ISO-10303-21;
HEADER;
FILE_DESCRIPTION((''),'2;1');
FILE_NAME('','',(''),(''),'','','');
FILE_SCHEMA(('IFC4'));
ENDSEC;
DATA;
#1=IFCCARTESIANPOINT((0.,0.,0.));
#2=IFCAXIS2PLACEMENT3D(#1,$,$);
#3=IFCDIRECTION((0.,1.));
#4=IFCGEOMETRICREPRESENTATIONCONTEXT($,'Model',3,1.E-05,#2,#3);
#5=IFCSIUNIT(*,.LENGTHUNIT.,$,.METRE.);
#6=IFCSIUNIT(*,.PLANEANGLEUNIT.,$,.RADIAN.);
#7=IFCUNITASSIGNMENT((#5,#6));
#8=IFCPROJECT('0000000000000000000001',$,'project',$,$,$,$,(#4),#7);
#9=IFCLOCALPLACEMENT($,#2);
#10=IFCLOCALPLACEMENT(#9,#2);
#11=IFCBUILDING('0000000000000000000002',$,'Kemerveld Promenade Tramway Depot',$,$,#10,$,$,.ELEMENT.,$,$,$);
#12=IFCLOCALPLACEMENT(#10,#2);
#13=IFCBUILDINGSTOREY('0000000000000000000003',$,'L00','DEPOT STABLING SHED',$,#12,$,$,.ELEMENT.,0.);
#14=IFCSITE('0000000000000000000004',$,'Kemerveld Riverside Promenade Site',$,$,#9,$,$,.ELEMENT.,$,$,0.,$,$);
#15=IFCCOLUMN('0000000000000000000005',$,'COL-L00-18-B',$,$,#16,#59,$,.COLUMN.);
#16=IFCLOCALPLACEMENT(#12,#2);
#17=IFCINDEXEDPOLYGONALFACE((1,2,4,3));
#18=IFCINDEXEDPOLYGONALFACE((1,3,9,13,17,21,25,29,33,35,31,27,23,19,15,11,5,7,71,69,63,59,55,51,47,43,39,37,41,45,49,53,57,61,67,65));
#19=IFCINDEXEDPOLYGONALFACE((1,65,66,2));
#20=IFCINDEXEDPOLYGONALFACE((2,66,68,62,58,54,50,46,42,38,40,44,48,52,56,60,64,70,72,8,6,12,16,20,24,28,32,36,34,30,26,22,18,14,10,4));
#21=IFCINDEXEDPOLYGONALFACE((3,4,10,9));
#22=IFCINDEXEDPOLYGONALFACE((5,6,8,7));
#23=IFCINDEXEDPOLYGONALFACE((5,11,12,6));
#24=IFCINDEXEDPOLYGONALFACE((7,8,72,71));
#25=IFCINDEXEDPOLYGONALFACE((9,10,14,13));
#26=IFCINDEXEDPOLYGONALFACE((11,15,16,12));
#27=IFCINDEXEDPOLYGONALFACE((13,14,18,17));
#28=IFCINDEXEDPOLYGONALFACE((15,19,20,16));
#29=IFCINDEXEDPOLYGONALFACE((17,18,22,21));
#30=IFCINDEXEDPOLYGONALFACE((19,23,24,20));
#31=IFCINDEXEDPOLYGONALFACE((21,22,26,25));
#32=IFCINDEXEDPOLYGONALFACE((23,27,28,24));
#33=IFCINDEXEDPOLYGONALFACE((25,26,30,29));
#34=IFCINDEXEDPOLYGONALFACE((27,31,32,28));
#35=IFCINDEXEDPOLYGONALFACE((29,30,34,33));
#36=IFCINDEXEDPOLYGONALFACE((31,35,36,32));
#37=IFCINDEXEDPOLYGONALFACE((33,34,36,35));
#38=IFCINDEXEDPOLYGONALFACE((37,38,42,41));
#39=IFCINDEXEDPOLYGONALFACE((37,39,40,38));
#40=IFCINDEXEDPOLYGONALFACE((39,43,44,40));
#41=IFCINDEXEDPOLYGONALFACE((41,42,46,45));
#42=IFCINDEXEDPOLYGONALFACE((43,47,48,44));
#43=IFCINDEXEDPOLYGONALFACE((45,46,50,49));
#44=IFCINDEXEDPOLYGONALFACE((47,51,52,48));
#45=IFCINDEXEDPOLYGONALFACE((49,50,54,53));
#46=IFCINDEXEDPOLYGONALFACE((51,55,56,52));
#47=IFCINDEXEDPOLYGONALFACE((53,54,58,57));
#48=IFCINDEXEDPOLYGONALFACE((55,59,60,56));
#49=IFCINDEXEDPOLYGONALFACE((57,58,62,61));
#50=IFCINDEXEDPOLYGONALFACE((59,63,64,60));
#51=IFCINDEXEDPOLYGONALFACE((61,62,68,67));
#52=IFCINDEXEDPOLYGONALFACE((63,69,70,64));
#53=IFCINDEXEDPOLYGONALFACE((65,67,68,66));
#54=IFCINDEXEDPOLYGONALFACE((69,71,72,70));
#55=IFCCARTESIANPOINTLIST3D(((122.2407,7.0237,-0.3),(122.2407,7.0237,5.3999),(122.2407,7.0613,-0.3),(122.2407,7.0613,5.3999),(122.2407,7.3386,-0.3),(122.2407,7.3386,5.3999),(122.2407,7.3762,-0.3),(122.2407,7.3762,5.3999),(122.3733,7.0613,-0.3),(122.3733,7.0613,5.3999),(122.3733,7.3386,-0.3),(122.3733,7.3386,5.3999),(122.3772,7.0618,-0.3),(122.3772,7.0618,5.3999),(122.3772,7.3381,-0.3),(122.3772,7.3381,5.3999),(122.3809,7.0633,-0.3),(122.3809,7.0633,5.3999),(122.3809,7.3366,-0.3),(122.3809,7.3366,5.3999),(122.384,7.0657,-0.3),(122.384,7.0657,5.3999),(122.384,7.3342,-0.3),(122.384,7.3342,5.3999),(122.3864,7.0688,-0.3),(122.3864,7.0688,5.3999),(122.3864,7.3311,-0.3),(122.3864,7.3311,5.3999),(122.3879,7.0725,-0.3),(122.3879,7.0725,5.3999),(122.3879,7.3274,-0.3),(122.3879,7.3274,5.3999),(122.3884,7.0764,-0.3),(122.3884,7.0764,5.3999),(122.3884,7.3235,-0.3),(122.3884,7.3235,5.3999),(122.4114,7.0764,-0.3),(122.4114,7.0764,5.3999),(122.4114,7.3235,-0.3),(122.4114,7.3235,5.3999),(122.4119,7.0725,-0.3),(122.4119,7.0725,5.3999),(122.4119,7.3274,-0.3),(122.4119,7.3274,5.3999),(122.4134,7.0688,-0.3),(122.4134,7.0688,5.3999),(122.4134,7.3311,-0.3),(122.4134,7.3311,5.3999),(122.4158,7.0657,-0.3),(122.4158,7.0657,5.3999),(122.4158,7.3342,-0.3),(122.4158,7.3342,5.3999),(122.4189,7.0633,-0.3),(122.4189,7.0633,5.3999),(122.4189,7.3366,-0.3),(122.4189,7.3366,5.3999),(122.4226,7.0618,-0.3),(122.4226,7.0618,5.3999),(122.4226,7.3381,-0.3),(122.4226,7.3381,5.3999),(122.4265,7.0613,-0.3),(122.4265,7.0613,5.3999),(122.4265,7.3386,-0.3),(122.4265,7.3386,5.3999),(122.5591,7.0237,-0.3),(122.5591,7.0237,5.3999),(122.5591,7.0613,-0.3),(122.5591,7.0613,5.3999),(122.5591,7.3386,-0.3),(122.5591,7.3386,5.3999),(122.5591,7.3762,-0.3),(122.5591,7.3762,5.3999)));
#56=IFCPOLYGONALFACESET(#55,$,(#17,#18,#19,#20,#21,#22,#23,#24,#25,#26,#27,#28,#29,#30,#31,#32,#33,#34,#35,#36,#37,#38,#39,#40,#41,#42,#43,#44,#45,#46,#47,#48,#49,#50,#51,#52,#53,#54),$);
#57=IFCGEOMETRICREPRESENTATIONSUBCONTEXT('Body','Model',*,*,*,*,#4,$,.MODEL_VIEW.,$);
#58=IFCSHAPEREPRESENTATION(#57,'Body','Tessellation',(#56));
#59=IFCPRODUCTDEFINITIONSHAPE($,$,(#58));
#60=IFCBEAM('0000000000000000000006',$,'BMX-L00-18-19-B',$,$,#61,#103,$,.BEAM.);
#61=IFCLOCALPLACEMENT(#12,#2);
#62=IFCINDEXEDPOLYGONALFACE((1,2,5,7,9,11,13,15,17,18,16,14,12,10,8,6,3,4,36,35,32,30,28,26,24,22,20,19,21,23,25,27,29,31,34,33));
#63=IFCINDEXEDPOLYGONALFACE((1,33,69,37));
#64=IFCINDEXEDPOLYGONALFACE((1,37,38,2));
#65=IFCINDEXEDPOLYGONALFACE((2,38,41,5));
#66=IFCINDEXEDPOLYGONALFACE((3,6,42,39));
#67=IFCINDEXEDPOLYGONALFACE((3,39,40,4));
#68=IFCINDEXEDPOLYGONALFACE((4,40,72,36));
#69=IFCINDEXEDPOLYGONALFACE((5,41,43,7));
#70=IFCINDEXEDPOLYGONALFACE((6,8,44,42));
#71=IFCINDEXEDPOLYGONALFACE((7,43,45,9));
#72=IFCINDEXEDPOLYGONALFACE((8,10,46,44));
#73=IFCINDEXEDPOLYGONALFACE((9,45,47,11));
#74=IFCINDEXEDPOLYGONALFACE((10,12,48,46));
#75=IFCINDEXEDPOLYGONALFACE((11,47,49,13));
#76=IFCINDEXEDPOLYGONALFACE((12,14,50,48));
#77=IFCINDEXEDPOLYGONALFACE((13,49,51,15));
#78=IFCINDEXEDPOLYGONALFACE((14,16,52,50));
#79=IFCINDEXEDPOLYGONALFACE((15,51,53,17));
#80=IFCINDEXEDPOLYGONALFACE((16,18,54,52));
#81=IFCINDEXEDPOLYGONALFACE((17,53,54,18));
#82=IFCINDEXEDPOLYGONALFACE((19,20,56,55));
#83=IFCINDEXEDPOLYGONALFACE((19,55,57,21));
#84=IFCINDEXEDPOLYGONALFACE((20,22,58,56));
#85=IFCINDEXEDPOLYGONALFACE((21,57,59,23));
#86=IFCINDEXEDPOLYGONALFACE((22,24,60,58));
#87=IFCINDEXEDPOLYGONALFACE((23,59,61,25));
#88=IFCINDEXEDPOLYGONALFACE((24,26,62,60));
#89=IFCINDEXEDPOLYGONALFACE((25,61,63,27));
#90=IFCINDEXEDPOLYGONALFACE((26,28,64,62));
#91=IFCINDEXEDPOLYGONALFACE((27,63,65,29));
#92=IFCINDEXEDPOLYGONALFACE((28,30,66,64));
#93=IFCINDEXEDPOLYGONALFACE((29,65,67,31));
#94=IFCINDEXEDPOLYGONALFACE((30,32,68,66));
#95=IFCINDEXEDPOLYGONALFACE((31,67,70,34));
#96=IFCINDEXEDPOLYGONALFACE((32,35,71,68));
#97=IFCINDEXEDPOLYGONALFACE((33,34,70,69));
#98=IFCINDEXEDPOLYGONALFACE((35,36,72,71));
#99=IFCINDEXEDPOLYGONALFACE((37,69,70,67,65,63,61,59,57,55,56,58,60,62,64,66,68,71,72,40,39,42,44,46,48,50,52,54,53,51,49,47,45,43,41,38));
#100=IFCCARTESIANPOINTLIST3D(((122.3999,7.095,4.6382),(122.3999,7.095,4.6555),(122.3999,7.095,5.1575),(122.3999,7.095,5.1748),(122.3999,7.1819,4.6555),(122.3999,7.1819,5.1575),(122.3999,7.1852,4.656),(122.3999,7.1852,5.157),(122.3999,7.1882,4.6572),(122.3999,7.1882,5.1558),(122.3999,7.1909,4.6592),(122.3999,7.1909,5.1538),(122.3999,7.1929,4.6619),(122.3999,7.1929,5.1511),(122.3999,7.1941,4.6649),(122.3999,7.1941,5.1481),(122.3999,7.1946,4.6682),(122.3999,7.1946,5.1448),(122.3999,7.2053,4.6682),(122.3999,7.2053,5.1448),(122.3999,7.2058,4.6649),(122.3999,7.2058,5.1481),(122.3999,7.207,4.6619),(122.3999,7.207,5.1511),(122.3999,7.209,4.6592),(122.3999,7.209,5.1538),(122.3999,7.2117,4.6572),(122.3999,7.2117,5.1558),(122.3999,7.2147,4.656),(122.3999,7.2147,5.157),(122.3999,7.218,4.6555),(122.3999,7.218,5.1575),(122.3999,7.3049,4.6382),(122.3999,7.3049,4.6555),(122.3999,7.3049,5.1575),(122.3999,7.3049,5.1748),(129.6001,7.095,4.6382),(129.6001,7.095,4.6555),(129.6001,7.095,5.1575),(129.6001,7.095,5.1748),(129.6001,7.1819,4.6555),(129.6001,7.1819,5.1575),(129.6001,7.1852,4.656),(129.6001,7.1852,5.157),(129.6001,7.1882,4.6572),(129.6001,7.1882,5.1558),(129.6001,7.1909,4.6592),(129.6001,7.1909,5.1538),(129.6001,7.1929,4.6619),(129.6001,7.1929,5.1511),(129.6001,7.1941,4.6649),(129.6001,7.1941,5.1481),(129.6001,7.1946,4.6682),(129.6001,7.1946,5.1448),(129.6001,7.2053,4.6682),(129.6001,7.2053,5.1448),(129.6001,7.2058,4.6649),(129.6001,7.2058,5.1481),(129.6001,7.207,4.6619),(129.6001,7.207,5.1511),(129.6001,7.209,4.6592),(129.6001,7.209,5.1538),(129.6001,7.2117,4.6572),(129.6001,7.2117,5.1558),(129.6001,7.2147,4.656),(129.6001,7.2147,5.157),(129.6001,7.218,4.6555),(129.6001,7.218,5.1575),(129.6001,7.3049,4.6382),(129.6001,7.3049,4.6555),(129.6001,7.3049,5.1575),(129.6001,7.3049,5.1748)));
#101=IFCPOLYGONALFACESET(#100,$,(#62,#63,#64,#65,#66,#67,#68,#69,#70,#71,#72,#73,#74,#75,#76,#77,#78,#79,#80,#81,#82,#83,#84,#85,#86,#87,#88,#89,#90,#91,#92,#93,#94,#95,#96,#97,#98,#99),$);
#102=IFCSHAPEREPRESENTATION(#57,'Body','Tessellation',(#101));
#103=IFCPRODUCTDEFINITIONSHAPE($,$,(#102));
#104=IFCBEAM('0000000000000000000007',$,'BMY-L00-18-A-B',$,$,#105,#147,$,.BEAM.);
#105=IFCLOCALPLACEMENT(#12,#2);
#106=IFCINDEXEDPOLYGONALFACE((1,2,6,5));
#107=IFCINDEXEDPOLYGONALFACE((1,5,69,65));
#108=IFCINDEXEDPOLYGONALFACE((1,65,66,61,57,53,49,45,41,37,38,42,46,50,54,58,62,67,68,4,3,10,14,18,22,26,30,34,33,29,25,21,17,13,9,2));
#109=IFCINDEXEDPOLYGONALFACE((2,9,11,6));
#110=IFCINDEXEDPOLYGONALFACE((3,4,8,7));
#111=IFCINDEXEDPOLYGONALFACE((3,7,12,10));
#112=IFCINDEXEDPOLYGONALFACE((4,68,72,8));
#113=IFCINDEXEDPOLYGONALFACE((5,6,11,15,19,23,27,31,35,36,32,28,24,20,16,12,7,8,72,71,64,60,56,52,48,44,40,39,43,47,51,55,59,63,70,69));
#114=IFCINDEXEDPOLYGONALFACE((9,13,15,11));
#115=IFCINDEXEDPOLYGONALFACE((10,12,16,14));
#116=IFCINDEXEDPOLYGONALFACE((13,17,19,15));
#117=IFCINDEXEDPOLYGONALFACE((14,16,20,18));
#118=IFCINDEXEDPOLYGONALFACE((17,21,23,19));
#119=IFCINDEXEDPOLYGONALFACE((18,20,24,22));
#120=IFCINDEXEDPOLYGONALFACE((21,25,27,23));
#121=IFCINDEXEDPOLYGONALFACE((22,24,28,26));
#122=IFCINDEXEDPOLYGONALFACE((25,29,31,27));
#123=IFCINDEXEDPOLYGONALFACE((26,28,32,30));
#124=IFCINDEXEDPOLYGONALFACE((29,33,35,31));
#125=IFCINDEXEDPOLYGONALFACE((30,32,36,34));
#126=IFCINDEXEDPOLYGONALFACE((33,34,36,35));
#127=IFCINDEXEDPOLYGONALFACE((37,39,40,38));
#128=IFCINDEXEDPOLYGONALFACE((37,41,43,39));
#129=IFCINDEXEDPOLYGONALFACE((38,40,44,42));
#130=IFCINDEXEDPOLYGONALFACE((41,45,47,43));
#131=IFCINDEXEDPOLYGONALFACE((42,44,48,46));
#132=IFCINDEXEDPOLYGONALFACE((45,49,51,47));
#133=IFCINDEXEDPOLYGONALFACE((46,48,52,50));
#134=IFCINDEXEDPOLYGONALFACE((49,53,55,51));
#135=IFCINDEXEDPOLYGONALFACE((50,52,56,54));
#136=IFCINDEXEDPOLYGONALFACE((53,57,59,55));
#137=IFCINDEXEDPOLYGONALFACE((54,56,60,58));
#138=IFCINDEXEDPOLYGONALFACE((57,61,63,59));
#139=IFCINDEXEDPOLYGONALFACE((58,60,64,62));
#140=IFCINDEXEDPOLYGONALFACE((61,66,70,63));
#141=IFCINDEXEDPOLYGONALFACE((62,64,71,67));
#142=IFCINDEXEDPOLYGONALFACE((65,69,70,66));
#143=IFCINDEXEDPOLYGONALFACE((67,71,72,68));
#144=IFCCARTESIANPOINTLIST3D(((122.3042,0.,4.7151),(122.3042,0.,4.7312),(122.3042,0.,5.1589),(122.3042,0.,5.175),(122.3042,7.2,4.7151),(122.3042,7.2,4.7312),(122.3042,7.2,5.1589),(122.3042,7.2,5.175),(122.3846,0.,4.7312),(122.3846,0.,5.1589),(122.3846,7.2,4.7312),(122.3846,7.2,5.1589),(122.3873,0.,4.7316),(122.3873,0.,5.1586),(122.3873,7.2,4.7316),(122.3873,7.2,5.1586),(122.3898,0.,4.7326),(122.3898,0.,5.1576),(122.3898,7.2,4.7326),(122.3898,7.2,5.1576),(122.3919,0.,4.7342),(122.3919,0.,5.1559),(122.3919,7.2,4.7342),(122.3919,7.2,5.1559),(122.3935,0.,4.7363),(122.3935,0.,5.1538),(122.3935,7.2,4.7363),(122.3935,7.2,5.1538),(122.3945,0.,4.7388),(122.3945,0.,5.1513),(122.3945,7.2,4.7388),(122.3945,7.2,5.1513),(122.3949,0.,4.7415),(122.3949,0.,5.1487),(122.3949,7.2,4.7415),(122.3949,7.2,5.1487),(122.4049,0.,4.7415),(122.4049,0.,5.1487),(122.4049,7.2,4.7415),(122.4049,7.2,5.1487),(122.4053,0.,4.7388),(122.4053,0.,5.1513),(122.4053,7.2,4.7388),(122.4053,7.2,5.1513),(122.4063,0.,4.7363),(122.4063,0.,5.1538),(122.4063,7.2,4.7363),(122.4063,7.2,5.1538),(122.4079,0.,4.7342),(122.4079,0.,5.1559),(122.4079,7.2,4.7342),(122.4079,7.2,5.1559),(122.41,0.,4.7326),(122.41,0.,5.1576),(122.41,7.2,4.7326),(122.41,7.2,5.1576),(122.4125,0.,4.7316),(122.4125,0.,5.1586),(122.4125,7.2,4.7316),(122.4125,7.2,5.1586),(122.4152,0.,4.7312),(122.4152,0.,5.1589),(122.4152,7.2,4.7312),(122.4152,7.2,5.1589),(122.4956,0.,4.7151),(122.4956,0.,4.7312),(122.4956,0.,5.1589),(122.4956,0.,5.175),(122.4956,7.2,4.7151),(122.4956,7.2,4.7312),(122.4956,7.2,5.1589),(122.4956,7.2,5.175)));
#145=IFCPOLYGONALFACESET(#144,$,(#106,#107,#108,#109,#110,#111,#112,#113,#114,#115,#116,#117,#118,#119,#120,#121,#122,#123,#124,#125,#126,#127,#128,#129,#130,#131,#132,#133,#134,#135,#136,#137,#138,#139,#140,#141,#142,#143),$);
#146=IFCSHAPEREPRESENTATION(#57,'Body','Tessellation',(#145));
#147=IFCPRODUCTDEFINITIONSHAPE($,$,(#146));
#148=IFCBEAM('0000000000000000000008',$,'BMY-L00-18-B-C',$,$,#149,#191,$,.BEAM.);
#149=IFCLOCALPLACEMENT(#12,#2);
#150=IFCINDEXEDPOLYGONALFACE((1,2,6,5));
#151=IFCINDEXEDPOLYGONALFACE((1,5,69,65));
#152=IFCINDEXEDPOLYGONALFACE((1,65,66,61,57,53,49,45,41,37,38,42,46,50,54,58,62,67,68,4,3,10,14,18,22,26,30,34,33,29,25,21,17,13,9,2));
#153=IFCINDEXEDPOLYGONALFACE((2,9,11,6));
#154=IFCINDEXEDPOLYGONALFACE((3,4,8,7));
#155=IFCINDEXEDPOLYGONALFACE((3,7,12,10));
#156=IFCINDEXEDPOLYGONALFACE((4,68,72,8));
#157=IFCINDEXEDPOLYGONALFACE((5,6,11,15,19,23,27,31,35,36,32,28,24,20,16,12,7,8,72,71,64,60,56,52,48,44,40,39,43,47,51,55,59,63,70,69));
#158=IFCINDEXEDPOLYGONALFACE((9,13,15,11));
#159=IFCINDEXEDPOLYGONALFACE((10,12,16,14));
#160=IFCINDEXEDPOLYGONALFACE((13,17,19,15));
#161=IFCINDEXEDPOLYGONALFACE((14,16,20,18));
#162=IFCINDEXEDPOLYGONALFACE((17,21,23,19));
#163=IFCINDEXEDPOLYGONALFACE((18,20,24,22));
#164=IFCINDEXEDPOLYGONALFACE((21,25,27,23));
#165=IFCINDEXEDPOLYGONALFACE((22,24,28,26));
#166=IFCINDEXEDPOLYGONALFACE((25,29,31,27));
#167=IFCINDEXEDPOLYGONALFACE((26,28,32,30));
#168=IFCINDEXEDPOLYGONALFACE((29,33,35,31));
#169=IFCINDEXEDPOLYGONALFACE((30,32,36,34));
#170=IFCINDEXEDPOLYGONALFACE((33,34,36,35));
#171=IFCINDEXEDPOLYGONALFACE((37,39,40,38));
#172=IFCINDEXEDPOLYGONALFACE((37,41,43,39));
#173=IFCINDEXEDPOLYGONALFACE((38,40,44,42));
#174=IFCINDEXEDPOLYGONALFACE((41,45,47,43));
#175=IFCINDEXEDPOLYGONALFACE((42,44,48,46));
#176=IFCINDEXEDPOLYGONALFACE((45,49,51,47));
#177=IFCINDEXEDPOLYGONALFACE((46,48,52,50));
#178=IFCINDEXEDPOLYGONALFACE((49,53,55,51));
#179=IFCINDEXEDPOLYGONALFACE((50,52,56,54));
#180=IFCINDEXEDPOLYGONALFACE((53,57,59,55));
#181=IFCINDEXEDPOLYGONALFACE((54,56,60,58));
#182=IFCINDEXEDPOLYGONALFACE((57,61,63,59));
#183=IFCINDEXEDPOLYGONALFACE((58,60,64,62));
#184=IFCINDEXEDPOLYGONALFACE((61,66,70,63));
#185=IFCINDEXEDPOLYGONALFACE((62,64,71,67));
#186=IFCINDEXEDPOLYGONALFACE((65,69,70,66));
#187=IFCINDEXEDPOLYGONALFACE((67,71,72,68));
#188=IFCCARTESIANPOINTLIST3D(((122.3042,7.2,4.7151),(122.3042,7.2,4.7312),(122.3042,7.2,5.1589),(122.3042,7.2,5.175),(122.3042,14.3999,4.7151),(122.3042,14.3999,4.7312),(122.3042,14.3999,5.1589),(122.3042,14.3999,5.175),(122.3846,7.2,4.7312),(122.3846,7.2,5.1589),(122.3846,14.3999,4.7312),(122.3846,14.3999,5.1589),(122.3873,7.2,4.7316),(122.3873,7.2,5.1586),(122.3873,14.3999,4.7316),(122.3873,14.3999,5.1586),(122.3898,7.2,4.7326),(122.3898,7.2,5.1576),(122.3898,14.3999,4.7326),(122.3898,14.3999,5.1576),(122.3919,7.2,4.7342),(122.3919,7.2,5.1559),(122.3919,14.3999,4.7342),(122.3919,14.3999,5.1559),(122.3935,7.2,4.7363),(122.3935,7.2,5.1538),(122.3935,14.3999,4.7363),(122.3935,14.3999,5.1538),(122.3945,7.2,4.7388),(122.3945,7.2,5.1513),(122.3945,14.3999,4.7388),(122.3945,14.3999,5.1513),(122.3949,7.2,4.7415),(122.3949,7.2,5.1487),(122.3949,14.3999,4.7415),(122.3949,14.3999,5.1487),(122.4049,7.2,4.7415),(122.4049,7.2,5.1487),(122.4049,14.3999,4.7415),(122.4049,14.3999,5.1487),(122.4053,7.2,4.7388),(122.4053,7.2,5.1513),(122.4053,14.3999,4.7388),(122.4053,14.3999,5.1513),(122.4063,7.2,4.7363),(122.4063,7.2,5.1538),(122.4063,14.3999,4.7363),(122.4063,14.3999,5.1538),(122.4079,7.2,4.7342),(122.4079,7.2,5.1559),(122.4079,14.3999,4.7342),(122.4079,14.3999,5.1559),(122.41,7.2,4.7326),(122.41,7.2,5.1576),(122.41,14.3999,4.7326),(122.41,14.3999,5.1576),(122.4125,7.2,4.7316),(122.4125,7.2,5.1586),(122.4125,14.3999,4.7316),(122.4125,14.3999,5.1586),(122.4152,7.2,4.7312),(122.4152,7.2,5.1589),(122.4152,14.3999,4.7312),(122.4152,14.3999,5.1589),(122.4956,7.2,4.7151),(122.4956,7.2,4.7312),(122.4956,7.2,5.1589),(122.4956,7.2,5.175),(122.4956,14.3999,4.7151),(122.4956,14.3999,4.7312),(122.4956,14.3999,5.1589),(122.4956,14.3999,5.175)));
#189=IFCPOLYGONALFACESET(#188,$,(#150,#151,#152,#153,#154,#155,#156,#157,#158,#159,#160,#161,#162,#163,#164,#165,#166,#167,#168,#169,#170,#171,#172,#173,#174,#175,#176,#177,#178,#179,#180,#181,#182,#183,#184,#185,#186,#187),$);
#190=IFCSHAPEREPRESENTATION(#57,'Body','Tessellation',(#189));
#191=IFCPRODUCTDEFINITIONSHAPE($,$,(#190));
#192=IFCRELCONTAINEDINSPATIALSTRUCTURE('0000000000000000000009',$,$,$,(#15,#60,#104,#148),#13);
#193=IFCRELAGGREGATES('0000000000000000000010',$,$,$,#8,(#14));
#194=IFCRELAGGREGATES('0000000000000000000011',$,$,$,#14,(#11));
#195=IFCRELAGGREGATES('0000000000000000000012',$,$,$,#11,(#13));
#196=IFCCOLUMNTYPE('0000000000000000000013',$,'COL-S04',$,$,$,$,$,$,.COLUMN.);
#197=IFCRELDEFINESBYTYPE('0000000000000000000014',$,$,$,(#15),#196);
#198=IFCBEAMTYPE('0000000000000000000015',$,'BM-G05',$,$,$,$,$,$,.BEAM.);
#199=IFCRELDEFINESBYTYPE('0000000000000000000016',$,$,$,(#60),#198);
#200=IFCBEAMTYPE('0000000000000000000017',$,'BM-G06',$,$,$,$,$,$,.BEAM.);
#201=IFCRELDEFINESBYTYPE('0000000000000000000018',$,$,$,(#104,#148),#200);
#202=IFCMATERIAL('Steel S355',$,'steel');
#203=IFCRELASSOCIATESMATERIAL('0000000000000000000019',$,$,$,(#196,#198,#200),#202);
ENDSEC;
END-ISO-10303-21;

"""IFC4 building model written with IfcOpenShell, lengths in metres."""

from ifc_helpers import new_model, si_unit, direction, frame, origin, origin_2d, place, context, subcontext, project, spatial, i_section, extrude, material, material_profile, profile_set, type_object, element, save


model = new_model("IFC4")

# Units and contexts
model_context = context("Model", 3, precision=1e-05, world=origin(), true_north=direction((0.0, 1.0)))
body_context = subcontext(model_context, "Body", "Model", "MODEL_VIEW")
ifc_project = project(units=[si_unit("LENGTHUNIT", "METRE"), si_unit("PLANEANGLEUNIT", "RADIAN")], contexts=[model_context])

# Site, building, storey
site_placement = place(None, origin())
site = spatial("IfcSite", under=ifc_project, at=site_placement, Name="Kemerveld Riverside Promenade Site", CompositionType="ELEMENT", RefElevation=0.0)
building_placement = place(site_placement, origin())
building = spatial("IfcBuilding", under=site, at=building_placement, Name="Kemerveld Promenade Tramway Depot", CompositionType="ELEMENT")
storey_placement = place(building_placement, origin())
storey = spatial("IfcBuildingStorey", under=building, at=storey_placement, Name="L00", Description="DEPOT STABLING SHED", CompositionType="ELEMENT", Elevation=0.0)

# Column
ifc_material_1 = material(Name="Steel S355", Category="steel")
ifc_material_profile_1 = material_profile(ifc_material_1, i_section(OverallWidth=0.3184, OverallDepth=0.3525, WebThickness=0.0229, FlangeThickness=0.0376, FilletRadius=0.0151, at=origin_2d()), Name="305x305x240 UC")
ifc_profile_set_1 = profile_set([ifc_material_profile_1], Name="Steel S355")
column_type_1 = type_object("IfcColumnType", Name="COL-S04", PredefinedType="COLUMN", material=ifc_profile_set_1)
column_1_placement = place(storey_placement, frame((122.3999, 7.2, -0.3), z_axis=(0.0, 0.0, 1.0), x_axis=(1.0, 0.0, 0.0)))
element("IfcColumn", 1, at=column_1_placement, inside=storey, type_object=column_type_1, Name="COL-L00-18-B", PredefinedType="COLUMN", context=body_context, shape_type="SweptSolid", body=[
    extrude(i_section(OverallWidth=0.3184, OverallDepth=0.3525, WebThickness=0.0229, FlangeThickness=0.0376, FilletRadius=0.0151, at=origin_2d()), origin(), (0.0, 0.0, 1.0), 5.7),
])

# Beams
ifc_material_profile_2 = material_profile(ifc_material_1, i_section(OverallWidth=0.21, OverallDepth=0.5366, WebThickness=0.0107, FlangeThickness=0.0173, FilletRadius=0.0127, at=origin_2d()), Name="533x210x101 UB")
ifc_profile_set_2 = profile_set([ifc_material_profile_2], Name="Steel S355")
beam_type_1 = type_object("IfcBeamType", Name="BM-G05", PredefinedType="BEAM", material=ifc_profile_set_2)
beam_1_placement = place(storey_placement, frame((122.3999, 7.2, 4.9065), z_axis=(1.0, 0.0, 0.0), x_axis=(0.0, 1.0, 0.0)))
element("IfcBeam", 2, at=beam_1_placement, inside=storey, type_object=beam_type_1, Name="BMX-L00-18-19-B", PredefinedType="BEAM", context=body_context, shape_type="SweptSolid", body=[
    extrude(i_section(OverallWidth=0.21, OverallDepth=0.5366, WebThickness=0.0107, FlangeThickness=0.0173, FilletRadius=0.0127, at=origin_2d()), origin(), (0.0, 0.0, 1.0), 7.2002),
])
ifc_material_profile_3 = material_profile(ifc_material_1, i_section(OverallWidth=0.1914, OverallDepth=0.46, WebThickness=0.01, FlangeThickness=0.0161, FilletRadius=0.0103, at=origin_2d()), Name="457x191x82 UB")
ifc_profile_set_3 = profile_set([ifc_material_profile_3], Name="Steel S355")
beam_type_2 = type_object("IfcBeamType", Name="BM-G06", PredefinedType="BEAM", material=ifc_profile_set_3)
for number, where, z_axis, x_axis, name in (
    (3, (122.3999, 0.0, 4.9451), (0.0, 1.0, 0.0), (-1.0, 0.0, 0.0), "BMY-L00-18-A-B"),
    (4, (122.3999, 7.2, 4.9451), (0.0, 1.0, 0.0), (-1.0, 0.0, 0.0), "BMY-L00-18-B-C"),
):
    element("IfcBeam", number, at=place(storey_placement, frame(where, z_axis=z_axis, x_axis=x_axis)), inside=storey, type_object=beam_type_2, Name=name, PredefinedType="BEAM", context=body_context, shape_type="SweptSolid", body=[
        extrude(i_section(OverallWidth=0.1914, OverallDepth=0.46, WebThickness=0.01, FlangeThickness=0.0161, FilletRadius=0.0103, at=origin_2d()), origin(), (0.0, 0.0, 1.0), 7.2),
    ])

save(model, "model.ifc")
